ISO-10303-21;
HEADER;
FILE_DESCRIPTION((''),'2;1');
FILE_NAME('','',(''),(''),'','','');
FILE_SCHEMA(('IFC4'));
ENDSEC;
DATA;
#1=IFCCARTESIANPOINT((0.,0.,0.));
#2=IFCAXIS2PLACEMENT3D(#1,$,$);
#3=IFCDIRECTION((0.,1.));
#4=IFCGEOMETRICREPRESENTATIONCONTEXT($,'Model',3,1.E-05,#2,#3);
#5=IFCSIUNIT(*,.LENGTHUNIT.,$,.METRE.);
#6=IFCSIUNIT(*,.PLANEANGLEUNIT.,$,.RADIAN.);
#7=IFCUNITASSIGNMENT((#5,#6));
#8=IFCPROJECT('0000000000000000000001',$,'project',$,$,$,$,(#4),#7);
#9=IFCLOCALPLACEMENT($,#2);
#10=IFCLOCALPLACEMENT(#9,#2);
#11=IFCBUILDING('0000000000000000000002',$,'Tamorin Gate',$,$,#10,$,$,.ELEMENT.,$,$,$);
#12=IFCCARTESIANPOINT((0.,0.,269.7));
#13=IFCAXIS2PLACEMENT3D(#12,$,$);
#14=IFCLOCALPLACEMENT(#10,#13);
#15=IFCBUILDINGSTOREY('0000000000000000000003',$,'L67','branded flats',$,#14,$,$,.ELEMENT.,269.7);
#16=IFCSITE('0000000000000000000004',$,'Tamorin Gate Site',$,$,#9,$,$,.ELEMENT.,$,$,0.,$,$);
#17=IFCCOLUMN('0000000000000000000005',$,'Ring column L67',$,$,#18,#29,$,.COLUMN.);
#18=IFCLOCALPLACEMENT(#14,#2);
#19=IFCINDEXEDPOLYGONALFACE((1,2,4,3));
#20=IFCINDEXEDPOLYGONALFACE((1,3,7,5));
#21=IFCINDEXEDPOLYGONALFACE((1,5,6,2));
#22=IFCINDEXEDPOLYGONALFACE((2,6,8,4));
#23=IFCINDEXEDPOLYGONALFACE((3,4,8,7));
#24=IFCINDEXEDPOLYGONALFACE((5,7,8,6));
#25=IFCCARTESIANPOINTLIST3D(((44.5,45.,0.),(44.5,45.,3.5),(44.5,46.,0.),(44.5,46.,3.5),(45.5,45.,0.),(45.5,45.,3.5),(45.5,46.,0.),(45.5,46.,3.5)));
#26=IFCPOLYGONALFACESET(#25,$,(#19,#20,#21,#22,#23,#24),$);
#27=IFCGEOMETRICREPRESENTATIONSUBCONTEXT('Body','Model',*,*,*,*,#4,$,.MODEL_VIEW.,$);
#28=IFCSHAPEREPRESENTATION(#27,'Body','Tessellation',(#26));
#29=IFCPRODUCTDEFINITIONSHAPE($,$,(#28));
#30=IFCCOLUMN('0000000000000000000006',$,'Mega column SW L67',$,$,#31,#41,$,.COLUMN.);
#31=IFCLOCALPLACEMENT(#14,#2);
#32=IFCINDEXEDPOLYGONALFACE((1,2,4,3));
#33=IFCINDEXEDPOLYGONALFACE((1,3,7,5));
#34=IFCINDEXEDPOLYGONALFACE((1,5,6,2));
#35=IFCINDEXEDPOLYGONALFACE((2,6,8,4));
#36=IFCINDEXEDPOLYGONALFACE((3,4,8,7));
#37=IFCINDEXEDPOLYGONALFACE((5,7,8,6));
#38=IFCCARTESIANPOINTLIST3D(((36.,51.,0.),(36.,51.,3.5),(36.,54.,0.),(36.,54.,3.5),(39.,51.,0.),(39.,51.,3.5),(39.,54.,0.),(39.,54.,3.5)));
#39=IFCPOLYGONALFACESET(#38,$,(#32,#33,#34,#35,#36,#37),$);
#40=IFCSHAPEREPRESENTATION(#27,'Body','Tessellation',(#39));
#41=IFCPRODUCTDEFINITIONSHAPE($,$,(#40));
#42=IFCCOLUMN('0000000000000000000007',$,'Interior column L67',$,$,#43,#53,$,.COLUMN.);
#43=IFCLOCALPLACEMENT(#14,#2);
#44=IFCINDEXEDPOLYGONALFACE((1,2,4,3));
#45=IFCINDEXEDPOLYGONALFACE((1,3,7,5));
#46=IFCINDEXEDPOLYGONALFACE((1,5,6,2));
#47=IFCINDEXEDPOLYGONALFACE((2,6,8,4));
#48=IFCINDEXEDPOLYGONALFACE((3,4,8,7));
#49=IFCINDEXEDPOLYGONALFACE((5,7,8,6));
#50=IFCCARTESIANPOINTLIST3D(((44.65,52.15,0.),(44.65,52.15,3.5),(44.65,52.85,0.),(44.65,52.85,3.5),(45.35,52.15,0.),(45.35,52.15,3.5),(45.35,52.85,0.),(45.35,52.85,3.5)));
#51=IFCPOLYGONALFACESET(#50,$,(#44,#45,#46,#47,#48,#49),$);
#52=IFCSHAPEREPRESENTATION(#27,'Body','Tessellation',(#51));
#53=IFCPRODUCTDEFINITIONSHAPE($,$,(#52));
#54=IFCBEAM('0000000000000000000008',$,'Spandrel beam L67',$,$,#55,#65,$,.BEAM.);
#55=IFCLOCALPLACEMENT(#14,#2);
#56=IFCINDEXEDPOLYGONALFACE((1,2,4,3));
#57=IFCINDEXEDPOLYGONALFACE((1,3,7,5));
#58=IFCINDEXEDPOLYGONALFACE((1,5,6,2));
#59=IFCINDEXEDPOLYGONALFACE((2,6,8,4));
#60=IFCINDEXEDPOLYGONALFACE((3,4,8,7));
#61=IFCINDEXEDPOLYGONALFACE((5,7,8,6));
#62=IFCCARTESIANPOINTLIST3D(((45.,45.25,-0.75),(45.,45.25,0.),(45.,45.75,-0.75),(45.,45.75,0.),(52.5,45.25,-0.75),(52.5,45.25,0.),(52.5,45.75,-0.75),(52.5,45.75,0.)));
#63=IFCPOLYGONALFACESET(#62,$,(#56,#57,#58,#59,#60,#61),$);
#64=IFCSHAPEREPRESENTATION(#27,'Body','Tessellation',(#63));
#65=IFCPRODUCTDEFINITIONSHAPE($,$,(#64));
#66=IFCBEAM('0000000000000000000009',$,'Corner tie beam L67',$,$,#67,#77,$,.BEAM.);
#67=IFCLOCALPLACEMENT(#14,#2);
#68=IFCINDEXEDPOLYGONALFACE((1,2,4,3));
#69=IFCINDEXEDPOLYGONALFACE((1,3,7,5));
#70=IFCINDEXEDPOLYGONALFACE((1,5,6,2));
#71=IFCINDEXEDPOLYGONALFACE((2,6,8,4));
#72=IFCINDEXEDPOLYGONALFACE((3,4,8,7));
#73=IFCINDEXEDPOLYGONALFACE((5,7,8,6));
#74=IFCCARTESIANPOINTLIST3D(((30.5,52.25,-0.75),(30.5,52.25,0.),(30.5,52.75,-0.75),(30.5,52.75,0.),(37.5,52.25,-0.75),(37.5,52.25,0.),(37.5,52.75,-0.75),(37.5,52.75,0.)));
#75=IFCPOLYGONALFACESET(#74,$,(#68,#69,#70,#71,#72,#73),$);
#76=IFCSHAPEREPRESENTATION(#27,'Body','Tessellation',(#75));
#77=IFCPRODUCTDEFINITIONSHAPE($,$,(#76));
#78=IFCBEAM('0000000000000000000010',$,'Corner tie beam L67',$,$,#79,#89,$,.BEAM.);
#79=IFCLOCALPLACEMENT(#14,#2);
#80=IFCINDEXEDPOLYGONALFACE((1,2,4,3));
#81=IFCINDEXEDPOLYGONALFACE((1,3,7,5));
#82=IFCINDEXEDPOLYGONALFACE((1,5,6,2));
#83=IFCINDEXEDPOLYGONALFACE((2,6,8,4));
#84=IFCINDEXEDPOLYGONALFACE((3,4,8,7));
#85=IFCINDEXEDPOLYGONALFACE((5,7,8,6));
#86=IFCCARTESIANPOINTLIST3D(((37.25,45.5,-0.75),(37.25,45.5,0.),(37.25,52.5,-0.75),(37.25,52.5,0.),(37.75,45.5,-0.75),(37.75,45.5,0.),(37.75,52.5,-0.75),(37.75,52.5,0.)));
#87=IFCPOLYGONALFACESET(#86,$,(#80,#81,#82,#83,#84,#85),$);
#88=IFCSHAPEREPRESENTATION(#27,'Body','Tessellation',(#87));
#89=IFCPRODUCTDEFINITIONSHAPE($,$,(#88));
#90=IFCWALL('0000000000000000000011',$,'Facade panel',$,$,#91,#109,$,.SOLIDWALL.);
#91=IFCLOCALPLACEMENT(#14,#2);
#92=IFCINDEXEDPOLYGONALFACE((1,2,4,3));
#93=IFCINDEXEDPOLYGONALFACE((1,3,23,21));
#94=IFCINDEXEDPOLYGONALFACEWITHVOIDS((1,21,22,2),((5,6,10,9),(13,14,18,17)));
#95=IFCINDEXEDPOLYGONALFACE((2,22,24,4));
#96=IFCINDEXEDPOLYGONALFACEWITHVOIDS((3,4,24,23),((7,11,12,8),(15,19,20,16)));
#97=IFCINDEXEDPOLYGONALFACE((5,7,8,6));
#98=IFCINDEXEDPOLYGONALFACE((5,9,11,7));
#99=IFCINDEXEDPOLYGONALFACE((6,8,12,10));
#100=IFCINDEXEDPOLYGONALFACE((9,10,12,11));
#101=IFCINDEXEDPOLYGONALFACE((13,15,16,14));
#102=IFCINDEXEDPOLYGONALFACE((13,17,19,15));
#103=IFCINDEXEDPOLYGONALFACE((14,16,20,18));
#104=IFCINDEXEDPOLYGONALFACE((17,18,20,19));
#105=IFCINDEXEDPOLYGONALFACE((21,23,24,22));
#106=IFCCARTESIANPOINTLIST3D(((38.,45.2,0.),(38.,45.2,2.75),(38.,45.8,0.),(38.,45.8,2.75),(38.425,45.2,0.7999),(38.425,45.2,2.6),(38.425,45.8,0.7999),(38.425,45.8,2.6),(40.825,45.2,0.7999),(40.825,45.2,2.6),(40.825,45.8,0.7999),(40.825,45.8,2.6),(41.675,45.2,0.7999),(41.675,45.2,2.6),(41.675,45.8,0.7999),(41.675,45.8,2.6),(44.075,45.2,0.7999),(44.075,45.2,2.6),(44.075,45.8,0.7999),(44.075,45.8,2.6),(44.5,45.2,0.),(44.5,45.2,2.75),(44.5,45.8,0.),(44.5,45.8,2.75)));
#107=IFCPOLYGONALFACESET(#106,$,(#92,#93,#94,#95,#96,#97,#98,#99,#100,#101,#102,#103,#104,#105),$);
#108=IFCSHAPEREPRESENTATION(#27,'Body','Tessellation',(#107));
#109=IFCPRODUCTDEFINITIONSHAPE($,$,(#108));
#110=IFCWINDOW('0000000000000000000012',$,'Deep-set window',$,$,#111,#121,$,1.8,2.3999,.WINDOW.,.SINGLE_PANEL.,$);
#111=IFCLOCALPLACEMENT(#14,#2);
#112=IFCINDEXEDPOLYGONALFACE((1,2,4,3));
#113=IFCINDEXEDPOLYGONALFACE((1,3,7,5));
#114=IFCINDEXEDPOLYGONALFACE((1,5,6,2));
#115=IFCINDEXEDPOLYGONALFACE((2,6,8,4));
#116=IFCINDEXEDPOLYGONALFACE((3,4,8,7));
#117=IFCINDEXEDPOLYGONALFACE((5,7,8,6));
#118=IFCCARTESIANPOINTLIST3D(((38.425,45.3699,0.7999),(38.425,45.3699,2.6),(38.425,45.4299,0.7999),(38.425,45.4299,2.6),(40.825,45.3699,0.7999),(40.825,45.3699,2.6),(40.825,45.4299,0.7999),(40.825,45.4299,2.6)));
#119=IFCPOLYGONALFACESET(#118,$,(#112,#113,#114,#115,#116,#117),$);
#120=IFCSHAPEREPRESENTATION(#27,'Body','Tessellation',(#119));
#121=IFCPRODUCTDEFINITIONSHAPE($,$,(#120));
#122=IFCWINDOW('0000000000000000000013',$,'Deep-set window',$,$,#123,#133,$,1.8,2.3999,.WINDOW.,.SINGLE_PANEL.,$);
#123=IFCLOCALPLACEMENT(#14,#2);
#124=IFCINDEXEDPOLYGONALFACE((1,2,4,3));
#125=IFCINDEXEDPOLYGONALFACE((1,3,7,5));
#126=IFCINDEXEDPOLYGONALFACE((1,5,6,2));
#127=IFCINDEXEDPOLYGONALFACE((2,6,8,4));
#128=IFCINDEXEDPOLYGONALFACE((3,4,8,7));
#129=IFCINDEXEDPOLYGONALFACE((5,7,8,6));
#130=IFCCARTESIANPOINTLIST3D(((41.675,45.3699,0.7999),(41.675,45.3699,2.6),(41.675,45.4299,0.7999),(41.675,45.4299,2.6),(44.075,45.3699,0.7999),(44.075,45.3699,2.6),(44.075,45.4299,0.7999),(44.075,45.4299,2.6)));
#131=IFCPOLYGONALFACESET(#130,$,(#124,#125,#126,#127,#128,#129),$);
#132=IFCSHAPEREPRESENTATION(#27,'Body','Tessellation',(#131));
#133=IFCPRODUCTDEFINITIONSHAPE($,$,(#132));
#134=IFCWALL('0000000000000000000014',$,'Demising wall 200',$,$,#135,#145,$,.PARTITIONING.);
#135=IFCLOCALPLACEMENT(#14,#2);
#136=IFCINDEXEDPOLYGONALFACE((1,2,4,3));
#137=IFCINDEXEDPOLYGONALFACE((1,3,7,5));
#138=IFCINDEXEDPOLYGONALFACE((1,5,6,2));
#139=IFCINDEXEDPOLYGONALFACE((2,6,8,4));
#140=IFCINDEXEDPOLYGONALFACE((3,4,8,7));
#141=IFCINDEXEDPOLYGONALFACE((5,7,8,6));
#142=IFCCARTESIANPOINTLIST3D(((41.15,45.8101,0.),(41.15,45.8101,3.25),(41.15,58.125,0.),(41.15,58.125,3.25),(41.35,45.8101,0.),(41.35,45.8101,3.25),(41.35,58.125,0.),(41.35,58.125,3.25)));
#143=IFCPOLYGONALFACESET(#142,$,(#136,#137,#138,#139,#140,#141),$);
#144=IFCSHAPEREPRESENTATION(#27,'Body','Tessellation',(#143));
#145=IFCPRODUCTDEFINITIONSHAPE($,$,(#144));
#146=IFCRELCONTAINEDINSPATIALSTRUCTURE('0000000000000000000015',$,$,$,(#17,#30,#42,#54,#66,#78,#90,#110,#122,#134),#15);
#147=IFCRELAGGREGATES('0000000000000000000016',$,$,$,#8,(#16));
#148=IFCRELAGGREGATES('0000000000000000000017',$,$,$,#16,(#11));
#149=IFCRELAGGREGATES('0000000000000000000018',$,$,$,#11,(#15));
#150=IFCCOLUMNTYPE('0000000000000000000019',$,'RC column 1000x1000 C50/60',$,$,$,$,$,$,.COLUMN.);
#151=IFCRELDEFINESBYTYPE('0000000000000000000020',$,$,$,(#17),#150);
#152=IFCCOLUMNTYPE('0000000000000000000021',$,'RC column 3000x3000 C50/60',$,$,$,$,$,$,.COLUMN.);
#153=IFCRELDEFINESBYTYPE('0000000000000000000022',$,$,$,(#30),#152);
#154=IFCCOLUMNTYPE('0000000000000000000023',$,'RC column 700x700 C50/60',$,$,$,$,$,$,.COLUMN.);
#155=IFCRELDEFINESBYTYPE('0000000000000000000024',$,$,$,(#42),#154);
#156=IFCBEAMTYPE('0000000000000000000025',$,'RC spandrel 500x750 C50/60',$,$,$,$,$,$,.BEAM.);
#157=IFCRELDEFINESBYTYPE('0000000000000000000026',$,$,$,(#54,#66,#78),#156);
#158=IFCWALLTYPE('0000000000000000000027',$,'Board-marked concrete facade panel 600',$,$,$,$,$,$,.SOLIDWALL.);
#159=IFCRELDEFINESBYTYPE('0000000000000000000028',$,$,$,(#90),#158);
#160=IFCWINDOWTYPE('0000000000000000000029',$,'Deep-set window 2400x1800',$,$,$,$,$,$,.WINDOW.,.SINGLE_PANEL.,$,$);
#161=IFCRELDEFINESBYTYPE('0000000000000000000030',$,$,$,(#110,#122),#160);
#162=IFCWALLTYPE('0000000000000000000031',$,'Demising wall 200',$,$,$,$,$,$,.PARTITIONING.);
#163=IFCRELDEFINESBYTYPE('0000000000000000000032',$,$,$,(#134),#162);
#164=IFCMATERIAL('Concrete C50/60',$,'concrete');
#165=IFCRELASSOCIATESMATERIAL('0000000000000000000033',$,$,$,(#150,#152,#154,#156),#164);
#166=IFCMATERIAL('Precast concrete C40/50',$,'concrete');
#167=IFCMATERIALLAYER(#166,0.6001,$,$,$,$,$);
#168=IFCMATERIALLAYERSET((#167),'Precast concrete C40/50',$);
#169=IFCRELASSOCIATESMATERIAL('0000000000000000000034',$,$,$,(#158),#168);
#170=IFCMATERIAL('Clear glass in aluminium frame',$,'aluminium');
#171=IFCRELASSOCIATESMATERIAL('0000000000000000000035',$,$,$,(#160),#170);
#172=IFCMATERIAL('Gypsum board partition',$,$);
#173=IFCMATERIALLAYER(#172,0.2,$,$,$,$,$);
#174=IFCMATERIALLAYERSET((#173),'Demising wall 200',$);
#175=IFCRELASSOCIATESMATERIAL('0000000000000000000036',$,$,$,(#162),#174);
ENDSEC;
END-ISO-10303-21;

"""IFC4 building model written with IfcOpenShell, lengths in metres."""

from ifc_helpers import new_model, si_unit, direction, frame, frame_2d, origin, origin_2d, place, context, subcontext, project, spatial, rectangle, extrude, material, layer, layer_set, material_profile, profile_set, type_object, element, fill, save


model = new_model("IFC4")

# Units and contexts
model_context = context("Model", 3, precision=1e-05, world=origin(), true_north=direction((0.0, 1.0)))
body_context = subcontext(model_context, "Body", "Model", "MODEL_VIEW")
ifc_project = project(units=[si_unit("LENGTHUNIT", "METRE"), si_unit("PLANEANGLEUNIT", "RADIAN")], contexts=[model_context])

# Site, building, storey
site_placement = place(None, origin())
site = spatial("IfcSite", under=ifc_project, at=site_placement, Name="Tamorin Gate Site", CompositionType="ELEMENT", RefElevation=0.0)
building_placement = place(site_placement, origin())
building = spatial("IfcBuilding", under=site, at=building_placement, Name="Tamorin Gate", CompositionType="ELEMENT")
storey_placement = place(building_placement, frame((0.0, 0.0, 269.7)))
storey = spatial("IfcBuildingStorey", under=building, at=storey_placement, Name="L67", Description="branded flats", CompositionType="ELEMENT", Elevation=269.7)

# Columns
ifc_material_1 = material(Name="Concrete C50/60", Category="concrete")
ifc_material_profile_1 = material_profile(ifc_material_1, rectangle(XDim=1.0, YDim=1.0, at=origin_2d()), Name="RC 1000x1000")
ifc_profile_set_1 = profile_set([ifc_material_profile_1], Name="Concrete C50/60")
column_type_1 = type_object("IfcColumnType", Name="RC column 1000x1000 C50/60", PredefinedType="COLUMN", material=ifc_profile_set_1)
column_1_placement = place(storey_placement, frame((45.0, 45.5, 0.0), z_axis=(0.0, 0.0, 1.0), x_axis=(1.0, 0.0, 0.0)))
element("IfcColumn", 1, at=column_1_placement, inside=storey, type_object=column_type_1, Name="Ring column L67", PredefinedType="COLUMN", context=body_context, shape_type="SweptSolid", body=[
    extrude(rectangle(XDim=1.0, YDim=1.0, at=origin_2d()), origin(), (0.0, 0.0, 1.0), 3.5),
])
ifc_material_profile_2 = material_profile(ifc_material_1, rectangle(XDim=3.0, YDim=3.0, at=origin_2d()), Name="RC 3000x3000")
ifc_profile_set_2 = profile_set([ifc_material_profile_2], Name="Concrete C50/60")
column_type_2 = type_object("IfcColumnType", Name="RC column 3000x3000 C50/60", PredefinedType="COLUMN", material=ifc_profile_set_2)
column_2_placement = place(storey_placement, frame((37.5, 52.5, 0.0), z_axis=(0.0, 0.0, 1.0), x_axis=(1.0, 0.0, 0.0)))
element("IfcColumn", 2, at=column_2_placement, inside=storey, type_object=column_type_2, Name="Mega column SW L67", PredefinedType="COLUMN", context=body_context, shape_type="SweptSolid", body=[
    extrude(rectangle(XDim=3.0, YDim=3.0, at=origin_2d()), origin(), (0.0, 0.0, 1.0), 3.5),
])
ifc_material_profile_3 = material_profile(ifc_material_1, rectangle(XDim=0.7, YDim=0.7, at=origin_2d()), Name="RC 700x700")
ifc_profile_set_3 = profile_set([ifc_material_profile_3], Name="Concrete C50/60")
column_type_3 = type_object("IfcColumnType", Name="RC column 700x700 C50/60", PredefinedType="COLUMN", material=ifc_profile_set_3)
column_3_placement = place(storey_placement, frame((45.0, 52.5, 0.0), z_axis=(0.0, 0.0, 1.0), x_axis=(1.0, 0.0, 0.0)))
element("IfcColumn", 3, at=column_3_placement, inside=storey, type_object=column_type_3, Name="Interior column L67", PredefinedType="COLUMN", context=body_context, shape_type="SweptSolid", body=[
    extrude(rectangle(XDim=0.7, YDim=0.7, at=origin_2d()), origin(), (0.0, 0.0, 1.0), 3.5),
])

# Beams
ifc_material_profile_4 = material_profile(ifc_material_1, rectangle(XDim=0.5, YDim=0.75, at=origin_2d()), Name="RC 500x750")
ifc_profile_set_4 = profile_set([ifc_material_profile_4], Name="Concrete C50/60")
beam_type = type_object("IfcBeamType", Name="RC spandrel 500x750 C50/60", PredefinedType="BEAM", material=ifc_profile_set_4)
beam_placement = place(storey_placement, frame((45.0, 45.5, -0.375), z_axis=(1.0, 0.0, 0.0), x_axis=(0.0, 1.0, 0.0)))
element("IfcBeam", 4, at=beam_placement, inside=storey, type_object=beam_type, Name="Spandrel beam L67", PredefinedType="BEAM", context=body_context, shape_type="SweptSolid", body=[
    extrude(rectangle(XDim=0.5, YDim=0.75, at=origin_2d()), origin(), (0.0, 0.0, 1.0), 7.5),
])
for number, where, z_axis, x_axis, name in (
    (5, (37.5, 52.5, -0.375), (-1.0, 0.0, 0.0), (0.0, -1.0, 0.0), "Corner tie beam L67"),
    (6, (37.5, 52.5, -0.375), (0.0, -1.0, 0.0), (1.0, 0.0, 0.0), "Corner tie beam L67"),
):
    element("IfcBeam", number, at=place(storey_placement, frame(where, z_axis=z_axis, x_axis=x_axis)), inside=storey, type_object=beam_type, Name=name, PredefinedType="BEAM", context=body_context, shape_type="SweptSolid", body=[
        extrude(rectangle(XDim=0.5, YDim=0.75, at=origin_2d()), origin(), (0.0, 0.0, 1.0), 7.0),
    ])

# Wall, openings, windows
ifc_material_2 = material(Name="Precast concrete C40/50", Category="concrete")
ifc_layer_1 = layer(ifc_material_2, 0.6001)
ifc_layer_set_1 = layer_set([ifc_layer_1], Name="Precast concrete C40/50")
wall_type_1 = type_object("IfcWallType", Name="Board-marked concrete facade panel 600", PredefinedType="SOLIDWALL", material=ifc_layer_set_1)
wall_1_placement = place(storey_placement, frame((38.0, 45.5, 0.0), z_axis=(0.0, 0.0, 1.0), x_axis=(1.0, 0.0, 0.0)))
wall_1 = element("IfcWall", 7, at=wall_1_placement, inside=storey, type_object=wall_type_1, Name="Facade panel", PredefinedType="SOLIDWALL", context=body_context, shape_type="SweptSolid", body=[
    extrude(rectangle(XDim=6.5, YDim=0.6001, at=frame_2d((3.25, 0.0))), origin(), (0.0, 0.0, 1.0), 2.75),
])
opening_1_placement = place(wall_1_placement, frame((0.425, 0.0, 0.8)))
opening_1 = element("IfcOpeningElement", 8, at=opening_1_placement, cuts=wall_1, PredefinedType="OPENING", context=body_context, shape_type="SweptSolid", body=[
    extrude(rectangle(XDim=2.3999, YDim=1.8, at=frame_2d((1.2, 0.8999))), frame((0.0, 0.3101, 0.0), z_axis=(0.0, -1.0, 0.0), x_axis=(1.0, 0.0, 0.0)), (0.0, 0.0, 1.0), 0.6201),
])
opening_2_placement = place(wall_1_placement, frame((3.675, 0.0, 0.8)))
opening_2 = element("IfcOpeningElement", 9, at=opening_2_placement, cuts=wall_1, PredefinedType="OPENING", context=body_context, shape_type="SweptSolid", body=[
    extrude(rectangle(XDim=2.3999, YDim=1.8, at=frame_2d((1.2, 0.8999))), frame((0.0, 0.3101, 0.0), z_axis=(0.0, -1.0, 0.0), x_axis=(1.0, 0.0, 0.0)), (0.0, 0.0, 1.0), 0.6201),
])
ifc_material_3 = material(Name="Clear glass in aluminium frame", Category="aluminium")
window_type = type_object("IfcWindowType", Name="Deep-set window 2400x1800", PartitioningType="SINGLE_PANEL", PredefinedType="WINDOW", material=ifc_material_3)
window_1_placement = place(opening_1_placement, origin())
window_1 = element("IfcWindow", 10, at=window_1_placement, inside=storey, type_object=window_type, Name="Deep-set window", OverallHeight=1.8, OverallWidth=2.3999, PartitioningType="SINGLE_PANEL", PredefinedType="WINDOW", context=body_context, shape_type="SweptSolid", body=[
    extrude(rectangle(XDim=2.3999, YDim=1.8, at=frame_2d((1.2, 0.8999))), frame((0.0, -0.0701, 0.0), z_axis=(0.0, -1.0, 0.0), x_axis=(1.0, 0.0, 0.0)), (0.0, 0.0, 1.0), 0.0601),
])
fill(opening_1, window_1)
window_2_placement = place(opening_2_placement, origin())
window_2 = element("IfcWindow", 11, at=window_2_placement, inside=storey, type_object=window_type, Name="Deep-set window", OverallHeight=1.8, OverallWidth=2.3999, PartitioningType="SINGLE_PANEL", PredefinedType="WINDOW", context=body_context, shape_type="SweptSolid", body=[
    extrude(rectangle(XDim=2.3999, YDim=1.8, at=frame_2d((1.2, 0.8999))), frame((0.0, -0.0701, 0.0), z_axis=(0.0, -1.0, 0.0), x_axis=(1.0, 0.0, 0.0)), (0.0, 0.0, 1.0), 0.0601),
])
fill(opening_2, window_2)

# Wall
ifc_material_4 = material(Name="Gypsum board partition")
ifc_layer_2 = layer(ifc_material_4, 0.2)
ifc_layer_set_2 = layer_set([ifc_layer_2], Name="Demising wall 200")
wall_type_2 = type_object("IfcWallType", Name="Demising wall 200", PredefinedType="PARTITIONING", material=ifc_layer_set_2)
wall_2_placement = place(storey_placement, frame((41.25, 45.8101, 0.0), z_axis=(0.0, 0.0, 1.0), x_axis=(0.0, 1.0, 0.0)))
element("IfcWall", 12, at=wall_2_placement, inside=storey, type_object=wall_type_2, Name="Demising wall 200", PredefinedType="PARTITIONING", context=body_context, shape_type="SweptSolid", body=[
    extrude(rectangle(XDim=12.3149, YDim=0.2, at=frame_2d((6.1575, 0.0))), origin(), (0.0, 0.0, 1.0), 3.25),
])

save(model, "model.ifc")
